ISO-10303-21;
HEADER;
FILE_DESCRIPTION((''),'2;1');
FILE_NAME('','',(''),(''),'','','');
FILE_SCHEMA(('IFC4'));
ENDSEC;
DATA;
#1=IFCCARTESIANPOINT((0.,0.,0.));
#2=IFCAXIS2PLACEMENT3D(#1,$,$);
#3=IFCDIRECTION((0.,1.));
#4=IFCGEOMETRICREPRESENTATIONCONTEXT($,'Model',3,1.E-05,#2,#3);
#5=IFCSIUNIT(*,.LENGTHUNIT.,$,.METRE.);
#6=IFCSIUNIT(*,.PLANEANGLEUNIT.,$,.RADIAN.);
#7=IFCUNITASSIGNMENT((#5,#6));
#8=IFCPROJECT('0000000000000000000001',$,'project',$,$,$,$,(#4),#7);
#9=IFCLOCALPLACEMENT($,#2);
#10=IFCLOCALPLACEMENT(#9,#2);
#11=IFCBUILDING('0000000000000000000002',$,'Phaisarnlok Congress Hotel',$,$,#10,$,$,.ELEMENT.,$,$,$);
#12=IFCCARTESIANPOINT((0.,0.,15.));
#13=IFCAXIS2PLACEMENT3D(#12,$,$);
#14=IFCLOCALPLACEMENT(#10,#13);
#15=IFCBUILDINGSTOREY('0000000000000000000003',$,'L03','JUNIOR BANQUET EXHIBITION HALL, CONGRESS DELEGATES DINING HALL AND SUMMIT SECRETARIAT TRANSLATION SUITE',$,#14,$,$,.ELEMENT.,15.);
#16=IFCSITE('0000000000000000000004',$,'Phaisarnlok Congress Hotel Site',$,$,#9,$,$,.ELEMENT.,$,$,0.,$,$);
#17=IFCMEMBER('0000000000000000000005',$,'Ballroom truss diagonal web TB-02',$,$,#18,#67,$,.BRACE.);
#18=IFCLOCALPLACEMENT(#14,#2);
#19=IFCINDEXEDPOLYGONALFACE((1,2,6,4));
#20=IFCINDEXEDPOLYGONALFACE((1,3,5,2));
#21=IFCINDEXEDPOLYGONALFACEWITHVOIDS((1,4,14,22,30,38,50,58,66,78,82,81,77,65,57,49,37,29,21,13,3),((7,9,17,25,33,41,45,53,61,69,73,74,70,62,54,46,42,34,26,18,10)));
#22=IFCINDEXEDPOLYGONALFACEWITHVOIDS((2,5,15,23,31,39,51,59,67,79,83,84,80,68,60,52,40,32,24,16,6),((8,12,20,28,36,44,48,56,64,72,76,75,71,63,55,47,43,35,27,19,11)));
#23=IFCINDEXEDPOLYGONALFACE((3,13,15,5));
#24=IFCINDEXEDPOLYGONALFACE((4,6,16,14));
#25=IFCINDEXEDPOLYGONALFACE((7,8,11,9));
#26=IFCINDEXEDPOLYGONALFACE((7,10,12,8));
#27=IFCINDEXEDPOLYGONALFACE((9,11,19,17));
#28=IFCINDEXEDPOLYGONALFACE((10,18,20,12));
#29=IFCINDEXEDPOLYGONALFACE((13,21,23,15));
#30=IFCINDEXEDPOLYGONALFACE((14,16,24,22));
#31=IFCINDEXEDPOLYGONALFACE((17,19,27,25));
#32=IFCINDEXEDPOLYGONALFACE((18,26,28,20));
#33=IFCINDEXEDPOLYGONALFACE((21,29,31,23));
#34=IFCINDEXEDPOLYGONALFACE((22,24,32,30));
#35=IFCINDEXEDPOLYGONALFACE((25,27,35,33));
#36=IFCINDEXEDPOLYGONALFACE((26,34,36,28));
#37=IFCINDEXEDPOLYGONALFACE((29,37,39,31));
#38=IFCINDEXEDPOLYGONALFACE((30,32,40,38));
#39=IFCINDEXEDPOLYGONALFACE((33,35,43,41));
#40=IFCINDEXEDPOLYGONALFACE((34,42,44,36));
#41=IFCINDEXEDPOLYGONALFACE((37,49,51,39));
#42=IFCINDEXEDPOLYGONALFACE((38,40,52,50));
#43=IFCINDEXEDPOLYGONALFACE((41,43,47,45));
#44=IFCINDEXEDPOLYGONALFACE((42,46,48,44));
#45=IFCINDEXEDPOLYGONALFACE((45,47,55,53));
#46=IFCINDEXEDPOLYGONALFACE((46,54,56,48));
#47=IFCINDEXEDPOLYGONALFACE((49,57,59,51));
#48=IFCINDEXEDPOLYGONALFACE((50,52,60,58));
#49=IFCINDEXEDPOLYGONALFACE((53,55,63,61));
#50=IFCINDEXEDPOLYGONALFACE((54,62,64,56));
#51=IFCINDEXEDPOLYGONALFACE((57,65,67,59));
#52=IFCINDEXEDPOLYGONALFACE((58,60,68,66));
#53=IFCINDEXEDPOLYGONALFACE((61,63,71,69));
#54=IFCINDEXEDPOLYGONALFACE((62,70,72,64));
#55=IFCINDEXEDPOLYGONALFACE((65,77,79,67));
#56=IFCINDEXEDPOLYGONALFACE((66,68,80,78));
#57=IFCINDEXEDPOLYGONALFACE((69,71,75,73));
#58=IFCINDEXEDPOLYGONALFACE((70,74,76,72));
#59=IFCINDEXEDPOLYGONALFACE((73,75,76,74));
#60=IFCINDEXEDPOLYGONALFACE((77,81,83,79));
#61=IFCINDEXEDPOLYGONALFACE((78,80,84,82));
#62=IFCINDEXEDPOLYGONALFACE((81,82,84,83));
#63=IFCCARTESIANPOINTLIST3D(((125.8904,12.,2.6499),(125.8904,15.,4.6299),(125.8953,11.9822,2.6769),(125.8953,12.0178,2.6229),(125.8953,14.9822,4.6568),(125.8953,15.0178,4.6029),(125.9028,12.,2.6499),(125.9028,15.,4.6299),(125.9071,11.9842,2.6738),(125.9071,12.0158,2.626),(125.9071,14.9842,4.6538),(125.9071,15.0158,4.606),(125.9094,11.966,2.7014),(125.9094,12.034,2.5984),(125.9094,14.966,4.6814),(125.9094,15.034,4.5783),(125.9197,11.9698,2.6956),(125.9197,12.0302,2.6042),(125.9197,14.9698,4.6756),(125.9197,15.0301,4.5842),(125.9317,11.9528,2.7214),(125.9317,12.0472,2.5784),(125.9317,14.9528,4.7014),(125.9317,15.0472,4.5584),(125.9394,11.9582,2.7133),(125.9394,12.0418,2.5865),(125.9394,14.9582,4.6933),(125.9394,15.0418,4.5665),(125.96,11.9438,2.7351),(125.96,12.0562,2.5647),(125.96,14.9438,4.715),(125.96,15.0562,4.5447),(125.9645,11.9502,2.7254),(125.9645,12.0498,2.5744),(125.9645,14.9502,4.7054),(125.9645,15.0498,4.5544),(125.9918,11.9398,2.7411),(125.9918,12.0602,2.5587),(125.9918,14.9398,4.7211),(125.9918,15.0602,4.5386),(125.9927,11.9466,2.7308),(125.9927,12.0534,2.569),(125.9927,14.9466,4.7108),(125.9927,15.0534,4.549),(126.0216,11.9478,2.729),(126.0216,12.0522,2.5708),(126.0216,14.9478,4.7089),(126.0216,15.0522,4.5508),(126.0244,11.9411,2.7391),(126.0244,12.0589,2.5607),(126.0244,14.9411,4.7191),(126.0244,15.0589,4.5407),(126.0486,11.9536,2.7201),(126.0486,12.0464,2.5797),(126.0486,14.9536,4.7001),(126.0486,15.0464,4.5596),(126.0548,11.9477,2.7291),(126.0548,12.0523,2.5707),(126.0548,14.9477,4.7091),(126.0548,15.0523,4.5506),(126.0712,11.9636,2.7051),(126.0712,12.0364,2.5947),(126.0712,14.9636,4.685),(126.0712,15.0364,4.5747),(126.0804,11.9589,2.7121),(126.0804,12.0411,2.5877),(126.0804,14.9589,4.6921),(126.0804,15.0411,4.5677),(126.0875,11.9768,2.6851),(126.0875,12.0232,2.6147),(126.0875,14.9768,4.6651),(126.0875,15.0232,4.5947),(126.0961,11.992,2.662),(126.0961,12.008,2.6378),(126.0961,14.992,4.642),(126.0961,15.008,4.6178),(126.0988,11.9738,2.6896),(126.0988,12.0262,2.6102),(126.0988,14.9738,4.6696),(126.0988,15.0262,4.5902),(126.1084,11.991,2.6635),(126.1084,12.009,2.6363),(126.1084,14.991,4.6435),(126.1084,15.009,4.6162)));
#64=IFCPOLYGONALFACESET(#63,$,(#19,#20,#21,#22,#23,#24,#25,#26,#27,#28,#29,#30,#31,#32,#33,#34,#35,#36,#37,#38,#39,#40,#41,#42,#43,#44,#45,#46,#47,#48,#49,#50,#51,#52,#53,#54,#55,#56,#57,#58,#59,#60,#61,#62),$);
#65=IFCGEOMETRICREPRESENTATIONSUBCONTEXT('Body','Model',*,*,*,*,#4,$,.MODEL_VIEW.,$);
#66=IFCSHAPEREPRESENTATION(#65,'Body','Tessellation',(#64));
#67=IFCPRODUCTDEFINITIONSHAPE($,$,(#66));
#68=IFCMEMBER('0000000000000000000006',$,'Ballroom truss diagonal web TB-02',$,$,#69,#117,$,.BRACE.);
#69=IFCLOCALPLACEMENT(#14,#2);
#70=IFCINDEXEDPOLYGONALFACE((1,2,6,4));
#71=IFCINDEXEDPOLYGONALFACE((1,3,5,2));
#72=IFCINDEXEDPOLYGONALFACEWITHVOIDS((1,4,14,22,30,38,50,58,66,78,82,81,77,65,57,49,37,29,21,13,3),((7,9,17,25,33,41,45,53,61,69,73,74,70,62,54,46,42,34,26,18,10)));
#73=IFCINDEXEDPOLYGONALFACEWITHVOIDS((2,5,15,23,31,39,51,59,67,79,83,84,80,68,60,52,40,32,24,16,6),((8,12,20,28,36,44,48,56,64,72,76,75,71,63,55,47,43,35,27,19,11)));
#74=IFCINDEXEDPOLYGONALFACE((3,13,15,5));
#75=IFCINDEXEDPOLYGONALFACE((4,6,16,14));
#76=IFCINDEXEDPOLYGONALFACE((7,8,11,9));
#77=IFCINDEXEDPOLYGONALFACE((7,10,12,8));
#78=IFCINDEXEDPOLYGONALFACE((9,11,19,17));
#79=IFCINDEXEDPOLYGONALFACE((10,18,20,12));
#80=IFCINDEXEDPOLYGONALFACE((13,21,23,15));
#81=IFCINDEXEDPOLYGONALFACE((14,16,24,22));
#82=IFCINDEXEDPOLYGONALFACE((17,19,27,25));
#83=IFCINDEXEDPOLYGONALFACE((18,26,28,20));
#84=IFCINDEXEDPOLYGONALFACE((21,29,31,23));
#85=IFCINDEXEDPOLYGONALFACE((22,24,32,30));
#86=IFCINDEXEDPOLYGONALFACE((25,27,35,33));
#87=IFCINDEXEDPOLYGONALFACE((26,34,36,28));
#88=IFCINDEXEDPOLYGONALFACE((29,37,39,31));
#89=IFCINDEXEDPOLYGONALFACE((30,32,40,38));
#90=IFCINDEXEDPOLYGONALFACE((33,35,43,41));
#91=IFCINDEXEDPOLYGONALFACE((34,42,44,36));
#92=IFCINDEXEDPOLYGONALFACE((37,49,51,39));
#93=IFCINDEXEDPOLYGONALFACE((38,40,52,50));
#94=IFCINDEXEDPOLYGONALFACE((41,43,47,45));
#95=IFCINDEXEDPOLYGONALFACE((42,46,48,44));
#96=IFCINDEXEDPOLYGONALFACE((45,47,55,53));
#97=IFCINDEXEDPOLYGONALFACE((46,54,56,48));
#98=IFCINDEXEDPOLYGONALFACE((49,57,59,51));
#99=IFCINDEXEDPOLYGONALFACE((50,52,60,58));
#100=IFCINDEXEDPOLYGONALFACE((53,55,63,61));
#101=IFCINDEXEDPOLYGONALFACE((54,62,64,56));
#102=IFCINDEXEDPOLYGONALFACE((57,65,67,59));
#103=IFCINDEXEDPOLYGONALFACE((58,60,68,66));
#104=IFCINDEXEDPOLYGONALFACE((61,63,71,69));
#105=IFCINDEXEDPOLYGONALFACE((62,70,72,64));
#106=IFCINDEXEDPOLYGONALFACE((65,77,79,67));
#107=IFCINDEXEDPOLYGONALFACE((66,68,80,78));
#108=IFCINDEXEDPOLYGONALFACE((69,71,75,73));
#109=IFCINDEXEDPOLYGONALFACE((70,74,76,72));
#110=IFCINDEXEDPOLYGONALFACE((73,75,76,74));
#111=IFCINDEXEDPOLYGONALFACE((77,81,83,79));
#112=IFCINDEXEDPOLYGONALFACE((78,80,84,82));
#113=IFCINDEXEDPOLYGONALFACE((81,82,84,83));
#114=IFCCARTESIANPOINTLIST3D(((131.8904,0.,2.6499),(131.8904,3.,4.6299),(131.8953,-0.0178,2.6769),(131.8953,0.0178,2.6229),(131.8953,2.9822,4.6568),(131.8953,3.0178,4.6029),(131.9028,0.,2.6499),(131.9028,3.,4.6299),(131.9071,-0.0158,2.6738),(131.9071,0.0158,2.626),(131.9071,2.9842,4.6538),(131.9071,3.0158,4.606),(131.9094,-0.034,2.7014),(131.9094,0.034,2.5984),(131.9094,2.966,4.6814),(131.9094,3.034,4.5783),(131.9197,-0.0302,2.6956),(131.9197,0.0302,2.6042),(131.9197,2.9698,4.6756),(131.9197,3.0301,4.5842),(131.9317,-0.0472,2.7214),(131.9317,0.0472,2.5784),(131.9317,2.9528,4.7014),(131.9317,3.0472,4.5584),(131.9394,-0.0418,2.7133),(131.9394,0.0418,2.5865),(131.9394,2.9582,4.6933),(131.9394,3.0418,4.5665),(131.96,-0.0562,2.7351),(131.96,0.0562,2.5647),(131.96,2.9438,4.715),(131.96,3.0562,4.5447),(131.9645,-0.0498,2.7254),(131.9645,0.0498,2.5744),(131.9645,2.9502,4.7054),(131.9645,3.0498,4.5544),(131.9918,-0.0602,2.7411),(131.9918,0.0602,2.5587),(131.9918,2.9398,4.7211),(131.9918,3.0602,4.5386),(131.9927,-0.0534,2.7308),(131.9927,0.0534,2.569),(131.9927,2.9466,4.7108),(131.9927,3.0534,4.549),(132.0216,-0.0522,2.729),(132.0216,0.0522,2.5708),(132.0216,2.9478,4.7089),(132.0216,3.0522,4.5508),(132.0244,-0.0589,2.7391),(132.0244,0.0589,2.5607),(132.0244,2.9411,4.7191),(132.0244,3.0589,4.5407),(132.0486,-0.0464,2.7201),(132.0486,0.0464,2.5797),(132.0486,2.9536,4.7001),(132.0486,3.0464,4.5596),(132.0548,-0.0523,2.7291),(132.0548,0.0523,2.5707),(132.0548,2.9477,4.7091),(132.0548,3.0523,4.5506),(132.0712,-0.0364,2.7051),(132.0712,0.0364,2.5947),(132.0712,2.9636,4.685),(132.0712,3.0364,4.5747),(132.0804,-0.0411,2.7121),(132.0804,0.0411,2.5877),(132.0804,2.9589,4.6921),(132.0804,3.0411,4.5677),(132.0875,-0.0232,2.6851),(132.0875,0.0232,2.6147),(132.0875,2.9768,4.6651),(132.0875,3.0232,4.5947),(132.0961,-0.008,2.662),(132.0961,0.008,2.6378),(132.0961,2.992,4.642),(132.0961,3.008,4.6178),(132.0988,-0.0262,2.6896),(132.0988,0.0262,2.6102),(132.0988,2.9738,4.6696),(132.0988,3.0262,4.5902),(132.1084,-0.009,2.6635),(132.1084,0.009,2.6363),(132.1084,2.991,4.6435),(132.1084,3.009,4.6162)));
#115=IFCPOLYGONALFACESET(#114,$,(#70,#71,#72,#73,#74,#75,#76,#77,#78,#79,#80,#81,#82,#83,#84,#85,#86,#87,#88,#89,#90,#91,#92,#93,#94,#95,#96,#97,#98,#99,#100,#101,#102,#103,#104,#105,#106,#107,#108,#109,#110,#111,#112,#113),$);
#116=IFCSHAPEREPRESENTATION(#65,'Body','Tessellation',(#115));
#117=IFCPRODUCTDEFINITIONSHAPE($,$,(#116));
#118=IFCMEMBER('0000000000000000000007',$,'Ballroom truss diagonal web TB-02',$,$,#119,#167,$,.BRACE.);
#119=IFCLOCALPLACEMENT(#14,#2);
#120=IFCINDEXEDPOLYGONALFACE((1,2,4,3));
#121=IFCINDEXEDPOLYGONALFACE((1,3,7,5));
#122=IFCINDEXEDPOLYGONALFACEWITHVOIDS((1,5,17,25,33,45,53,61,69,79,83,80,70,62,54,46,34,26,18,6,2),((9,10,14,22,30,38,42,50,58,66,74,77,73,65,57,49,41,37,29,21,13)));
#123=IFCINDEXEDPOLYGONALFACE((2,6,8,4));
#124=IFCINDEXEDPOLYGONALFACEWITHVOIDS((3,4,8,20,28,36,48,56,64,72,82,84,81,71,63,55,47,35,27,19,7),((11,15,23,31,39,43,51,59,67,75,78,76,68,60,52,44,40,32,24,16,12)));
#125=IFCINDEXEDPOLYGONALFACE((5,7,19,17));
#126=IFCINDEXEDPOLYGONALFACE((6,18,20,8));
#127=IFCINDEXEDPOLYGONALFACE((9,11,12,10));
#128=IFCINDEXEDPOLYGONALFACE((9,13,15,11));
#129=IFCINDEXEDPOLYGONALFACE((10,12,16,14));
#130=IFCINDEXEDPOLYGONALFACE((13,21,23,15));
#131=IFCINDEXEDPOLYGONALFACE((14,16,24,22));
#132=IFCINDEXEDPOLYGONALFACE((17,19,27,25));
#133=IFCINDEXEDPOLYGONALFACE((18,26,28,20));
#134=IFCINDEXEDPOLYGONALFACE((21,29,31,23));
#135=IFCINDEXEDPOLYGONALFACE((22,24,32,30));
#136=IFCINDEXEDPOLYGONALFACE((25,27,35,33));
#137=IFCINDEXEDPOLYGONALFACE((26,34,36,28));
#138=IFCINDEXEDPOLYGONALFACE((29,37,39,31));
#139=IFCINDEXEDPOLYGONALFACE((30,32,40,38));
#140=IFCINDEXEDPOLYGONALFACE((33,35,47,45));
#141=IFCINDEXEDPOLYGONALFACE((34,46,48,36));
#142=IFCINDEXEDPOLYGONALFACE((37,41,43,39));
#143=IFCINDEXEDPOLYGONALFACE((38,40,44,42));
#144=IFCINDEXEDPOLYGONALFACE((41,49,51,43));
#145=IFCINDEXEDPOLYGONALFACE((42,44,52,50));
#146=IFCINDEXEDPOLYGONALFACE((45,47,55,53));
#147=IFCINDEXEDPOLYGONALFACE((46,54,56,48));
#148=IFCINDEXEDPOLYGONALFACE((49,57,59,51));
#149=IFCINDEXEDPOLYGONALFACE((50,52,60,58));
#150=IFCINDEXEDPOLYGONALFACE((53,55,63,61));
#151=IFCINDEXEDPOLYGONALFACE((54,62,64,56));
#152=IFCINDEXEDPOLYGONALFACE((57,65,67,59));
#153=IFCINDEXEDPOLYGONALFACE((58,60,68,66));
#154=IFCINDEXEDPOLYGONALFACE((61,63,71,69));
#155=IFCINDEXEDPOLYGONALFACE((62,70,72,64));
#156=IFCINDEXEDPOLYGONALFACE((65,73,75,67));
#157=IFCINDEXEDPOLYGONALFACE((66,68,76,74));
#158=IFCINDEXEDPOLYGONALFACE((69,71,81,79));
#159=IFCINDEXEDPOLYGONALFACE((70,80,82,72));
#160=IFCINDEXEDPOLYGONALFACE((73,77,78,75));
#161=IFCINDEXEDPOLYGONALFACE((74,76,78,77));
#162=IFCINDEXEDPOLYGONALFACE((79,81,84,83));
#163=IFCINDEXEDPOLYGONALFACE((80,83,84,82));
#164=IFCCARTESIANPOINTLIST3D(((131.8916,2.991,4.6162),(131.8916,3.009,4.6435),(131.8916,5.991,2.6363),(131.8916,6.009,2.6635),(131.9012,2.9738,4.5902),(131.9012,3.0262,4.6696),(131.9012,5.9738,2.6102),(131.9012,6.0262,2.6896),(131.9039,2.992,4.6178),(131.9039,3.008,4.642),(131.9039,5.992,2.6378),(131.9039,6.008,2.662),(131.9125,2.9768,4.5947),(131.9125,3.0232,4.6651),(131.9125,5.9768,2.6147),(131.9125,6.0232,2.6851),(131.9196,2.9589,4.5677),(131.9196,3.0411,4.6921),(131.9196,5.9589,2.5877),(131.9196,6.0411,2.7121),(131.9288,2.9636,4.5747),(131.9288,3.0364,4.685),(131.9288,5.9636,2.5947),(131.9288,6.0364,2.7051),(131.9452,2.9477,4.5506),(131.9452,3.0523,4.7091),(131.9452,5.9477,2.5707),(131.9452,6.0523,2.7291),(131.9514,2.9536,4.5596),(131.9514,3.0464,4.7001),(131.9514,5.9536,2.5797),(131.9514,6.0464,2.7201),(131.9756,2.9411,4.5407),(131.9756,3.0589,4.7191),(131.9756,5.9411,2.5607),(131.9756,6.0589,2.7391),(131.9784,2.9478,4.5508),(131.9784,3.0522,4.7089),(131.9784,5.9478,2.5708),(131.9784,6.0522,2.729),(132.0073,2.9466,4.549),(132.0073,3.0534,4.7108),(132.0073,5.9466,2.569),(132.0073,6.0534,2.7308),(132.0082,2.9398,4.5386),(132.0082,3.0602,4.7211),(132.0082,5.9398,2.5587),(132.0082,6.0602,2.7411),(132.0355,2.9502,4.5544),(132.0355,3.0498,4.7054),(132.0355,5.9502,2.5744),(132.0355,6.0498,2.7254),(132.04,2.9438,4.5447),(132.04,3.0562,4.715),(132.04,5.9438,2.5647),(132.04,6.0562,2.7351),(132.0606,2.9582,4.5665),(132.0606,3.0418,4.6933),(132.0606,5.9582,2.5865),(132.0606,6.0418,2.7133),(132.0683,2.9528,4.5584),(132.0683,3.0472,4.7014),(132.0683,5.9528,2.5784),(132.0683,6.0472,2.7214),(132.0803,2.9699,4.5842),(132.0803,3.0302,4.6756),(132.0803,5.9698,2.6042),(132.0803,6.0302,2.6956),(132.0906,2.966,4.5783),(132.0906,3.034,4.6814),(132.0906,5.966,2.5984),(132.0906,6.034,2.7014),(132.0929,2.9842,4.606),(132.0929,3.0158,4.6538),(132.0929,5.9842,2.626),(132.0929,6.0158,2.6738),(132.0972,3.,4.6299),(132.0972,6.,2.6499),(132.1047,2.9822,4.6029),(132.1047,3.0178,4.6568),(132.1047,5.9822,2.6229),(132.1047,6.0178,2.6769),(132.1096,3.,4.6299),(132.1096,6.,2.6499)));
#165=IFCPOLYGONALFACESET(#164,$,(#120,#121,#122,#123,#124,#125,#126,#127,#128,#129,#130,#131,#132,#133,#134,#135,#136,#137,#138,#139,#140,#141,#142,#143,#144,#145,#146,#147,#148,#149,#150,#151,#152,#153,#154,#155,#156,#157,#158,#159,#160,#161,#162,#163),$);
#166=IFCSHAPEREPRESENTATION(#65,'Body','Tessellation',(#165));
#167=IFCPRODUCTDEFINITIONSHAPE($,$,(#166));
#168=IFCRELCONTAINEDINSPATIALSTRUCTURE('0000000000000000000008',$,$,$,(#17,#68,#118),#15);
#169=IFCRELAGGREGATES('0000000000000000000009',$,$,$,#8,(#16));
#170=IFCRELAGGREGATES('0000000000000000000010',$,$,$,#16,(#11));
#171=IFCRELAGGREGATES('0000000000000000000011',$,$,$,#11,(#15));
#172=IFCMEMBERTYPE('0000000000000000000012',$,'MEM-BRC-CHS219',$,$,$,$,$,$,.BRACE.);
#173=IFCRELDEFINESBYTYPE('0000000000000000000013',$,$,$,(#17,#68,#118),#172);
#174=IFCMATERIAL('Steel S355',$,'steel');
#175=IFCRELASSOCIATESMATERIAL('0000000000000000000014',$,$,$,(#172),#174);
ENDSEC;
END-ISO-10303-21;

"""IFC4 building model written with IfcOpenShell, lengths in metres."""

from ifc_helpers import new_model, si_unit, direction, frame, origin, origin_2d, place, context, subcontext, project, spatial, hollow_circle, extrude, material, material_profile, profile_set, type_object, element, save


model = new_model("IFC4")

# Units and contexts
model_context = context("Model", 3, precision=1e-05, world=origin(), true_north=direction((0.0, 1.0)))
body_context = subcontext(model_context, "Body", "Model", "MODEL_VIEW")
ifc_project = project(units=[si_unit("LENGTHUNIT", "METRE"), si_unit("PLANEANGLEUNIT", "RADIAN")], contexts=[model_context])

# Site, building, storey
site_placement = place(None, origin())
site = spatial("IfcSite", under=ifc_project, at=site_placement, Name="Phaisarnlok Congress Hotel Site", CompositionType="ELEMENT", RefElevation=0.0)
building_placement = place(site_placement, origin())
building = spatial("IfcBuilding", under=site, at=building_placement, Name="Phaisarnlok Congress Hotel", CompositionType="ELEMENT")
storey_placement = place(building_placement, frame((0.0, 0.0, 15.0)))
storey = spatial("IfcBuildingStorey", under=building, at=storey_placement, Name="L03", Description="JUNIOR BANQUET EXHIBITION HALL, CONGRESS DELEGATES DINING HALL AND SUMMIT SECRETARIAT TRANSLATION SUITE", CompositionType="ELEMENT", Elevation=15.0)

# Members
ifc_material_1 = material(Name="Steel S355", Category="steel")
ifc_material_profile_1 = material_profile(ifc_material_1, hollow_circle(Radius=0.1096, WallThickness=0.0125, at=origin_2d()), Name="CHS 219.1x12.5")
ifc_profile_set_1 = profile_set([ifc_material_profile_1], Name="Steel S355")
member_type_1 = type_object("IfcMemberType", Name="MEM-BRC-CHS219", PredefinedType="BRACE", material=ifc_profile_set_1)
for number, where, z_axis, x_axis, name in (
    (1, (126.0, 12.0, 2.6499), (0.0, 0.834612, 0.550838), (-1.0, 0.0, 0.0), "Ballroom truss diagonal web TB-02"),
    (2, (132.0, 0.0, 2.6499), (0.0, 0.834612, 0.550838), (-1.0, 0.0, 0.0), "Ballroom truss diagonal web TB-02"),
    (3, (132.0, 6.0, 2.6499), (0.0, -0.834612, 0.550838), (1.0, 0.0, 0.0), "Ballroom truss diagonal web TB-02"),
):
    element("IfcMember", number, at=place(storey_placement, frame(where, z_axis=z_axis, x_axis=x_axis)), inside=storey, type_object=member_type_1, Name=name, PredefinedType="BRACE", context=body_context, shape_type="SweptSolid", body=[
        extrude(hollow_circle(Radius=0.1096, WallThickness=0.0125, at=origin_2d()), origin(), (0.0, 0.0, 1.0), 3.5945),
    ])

save(model, "model.ifc")
